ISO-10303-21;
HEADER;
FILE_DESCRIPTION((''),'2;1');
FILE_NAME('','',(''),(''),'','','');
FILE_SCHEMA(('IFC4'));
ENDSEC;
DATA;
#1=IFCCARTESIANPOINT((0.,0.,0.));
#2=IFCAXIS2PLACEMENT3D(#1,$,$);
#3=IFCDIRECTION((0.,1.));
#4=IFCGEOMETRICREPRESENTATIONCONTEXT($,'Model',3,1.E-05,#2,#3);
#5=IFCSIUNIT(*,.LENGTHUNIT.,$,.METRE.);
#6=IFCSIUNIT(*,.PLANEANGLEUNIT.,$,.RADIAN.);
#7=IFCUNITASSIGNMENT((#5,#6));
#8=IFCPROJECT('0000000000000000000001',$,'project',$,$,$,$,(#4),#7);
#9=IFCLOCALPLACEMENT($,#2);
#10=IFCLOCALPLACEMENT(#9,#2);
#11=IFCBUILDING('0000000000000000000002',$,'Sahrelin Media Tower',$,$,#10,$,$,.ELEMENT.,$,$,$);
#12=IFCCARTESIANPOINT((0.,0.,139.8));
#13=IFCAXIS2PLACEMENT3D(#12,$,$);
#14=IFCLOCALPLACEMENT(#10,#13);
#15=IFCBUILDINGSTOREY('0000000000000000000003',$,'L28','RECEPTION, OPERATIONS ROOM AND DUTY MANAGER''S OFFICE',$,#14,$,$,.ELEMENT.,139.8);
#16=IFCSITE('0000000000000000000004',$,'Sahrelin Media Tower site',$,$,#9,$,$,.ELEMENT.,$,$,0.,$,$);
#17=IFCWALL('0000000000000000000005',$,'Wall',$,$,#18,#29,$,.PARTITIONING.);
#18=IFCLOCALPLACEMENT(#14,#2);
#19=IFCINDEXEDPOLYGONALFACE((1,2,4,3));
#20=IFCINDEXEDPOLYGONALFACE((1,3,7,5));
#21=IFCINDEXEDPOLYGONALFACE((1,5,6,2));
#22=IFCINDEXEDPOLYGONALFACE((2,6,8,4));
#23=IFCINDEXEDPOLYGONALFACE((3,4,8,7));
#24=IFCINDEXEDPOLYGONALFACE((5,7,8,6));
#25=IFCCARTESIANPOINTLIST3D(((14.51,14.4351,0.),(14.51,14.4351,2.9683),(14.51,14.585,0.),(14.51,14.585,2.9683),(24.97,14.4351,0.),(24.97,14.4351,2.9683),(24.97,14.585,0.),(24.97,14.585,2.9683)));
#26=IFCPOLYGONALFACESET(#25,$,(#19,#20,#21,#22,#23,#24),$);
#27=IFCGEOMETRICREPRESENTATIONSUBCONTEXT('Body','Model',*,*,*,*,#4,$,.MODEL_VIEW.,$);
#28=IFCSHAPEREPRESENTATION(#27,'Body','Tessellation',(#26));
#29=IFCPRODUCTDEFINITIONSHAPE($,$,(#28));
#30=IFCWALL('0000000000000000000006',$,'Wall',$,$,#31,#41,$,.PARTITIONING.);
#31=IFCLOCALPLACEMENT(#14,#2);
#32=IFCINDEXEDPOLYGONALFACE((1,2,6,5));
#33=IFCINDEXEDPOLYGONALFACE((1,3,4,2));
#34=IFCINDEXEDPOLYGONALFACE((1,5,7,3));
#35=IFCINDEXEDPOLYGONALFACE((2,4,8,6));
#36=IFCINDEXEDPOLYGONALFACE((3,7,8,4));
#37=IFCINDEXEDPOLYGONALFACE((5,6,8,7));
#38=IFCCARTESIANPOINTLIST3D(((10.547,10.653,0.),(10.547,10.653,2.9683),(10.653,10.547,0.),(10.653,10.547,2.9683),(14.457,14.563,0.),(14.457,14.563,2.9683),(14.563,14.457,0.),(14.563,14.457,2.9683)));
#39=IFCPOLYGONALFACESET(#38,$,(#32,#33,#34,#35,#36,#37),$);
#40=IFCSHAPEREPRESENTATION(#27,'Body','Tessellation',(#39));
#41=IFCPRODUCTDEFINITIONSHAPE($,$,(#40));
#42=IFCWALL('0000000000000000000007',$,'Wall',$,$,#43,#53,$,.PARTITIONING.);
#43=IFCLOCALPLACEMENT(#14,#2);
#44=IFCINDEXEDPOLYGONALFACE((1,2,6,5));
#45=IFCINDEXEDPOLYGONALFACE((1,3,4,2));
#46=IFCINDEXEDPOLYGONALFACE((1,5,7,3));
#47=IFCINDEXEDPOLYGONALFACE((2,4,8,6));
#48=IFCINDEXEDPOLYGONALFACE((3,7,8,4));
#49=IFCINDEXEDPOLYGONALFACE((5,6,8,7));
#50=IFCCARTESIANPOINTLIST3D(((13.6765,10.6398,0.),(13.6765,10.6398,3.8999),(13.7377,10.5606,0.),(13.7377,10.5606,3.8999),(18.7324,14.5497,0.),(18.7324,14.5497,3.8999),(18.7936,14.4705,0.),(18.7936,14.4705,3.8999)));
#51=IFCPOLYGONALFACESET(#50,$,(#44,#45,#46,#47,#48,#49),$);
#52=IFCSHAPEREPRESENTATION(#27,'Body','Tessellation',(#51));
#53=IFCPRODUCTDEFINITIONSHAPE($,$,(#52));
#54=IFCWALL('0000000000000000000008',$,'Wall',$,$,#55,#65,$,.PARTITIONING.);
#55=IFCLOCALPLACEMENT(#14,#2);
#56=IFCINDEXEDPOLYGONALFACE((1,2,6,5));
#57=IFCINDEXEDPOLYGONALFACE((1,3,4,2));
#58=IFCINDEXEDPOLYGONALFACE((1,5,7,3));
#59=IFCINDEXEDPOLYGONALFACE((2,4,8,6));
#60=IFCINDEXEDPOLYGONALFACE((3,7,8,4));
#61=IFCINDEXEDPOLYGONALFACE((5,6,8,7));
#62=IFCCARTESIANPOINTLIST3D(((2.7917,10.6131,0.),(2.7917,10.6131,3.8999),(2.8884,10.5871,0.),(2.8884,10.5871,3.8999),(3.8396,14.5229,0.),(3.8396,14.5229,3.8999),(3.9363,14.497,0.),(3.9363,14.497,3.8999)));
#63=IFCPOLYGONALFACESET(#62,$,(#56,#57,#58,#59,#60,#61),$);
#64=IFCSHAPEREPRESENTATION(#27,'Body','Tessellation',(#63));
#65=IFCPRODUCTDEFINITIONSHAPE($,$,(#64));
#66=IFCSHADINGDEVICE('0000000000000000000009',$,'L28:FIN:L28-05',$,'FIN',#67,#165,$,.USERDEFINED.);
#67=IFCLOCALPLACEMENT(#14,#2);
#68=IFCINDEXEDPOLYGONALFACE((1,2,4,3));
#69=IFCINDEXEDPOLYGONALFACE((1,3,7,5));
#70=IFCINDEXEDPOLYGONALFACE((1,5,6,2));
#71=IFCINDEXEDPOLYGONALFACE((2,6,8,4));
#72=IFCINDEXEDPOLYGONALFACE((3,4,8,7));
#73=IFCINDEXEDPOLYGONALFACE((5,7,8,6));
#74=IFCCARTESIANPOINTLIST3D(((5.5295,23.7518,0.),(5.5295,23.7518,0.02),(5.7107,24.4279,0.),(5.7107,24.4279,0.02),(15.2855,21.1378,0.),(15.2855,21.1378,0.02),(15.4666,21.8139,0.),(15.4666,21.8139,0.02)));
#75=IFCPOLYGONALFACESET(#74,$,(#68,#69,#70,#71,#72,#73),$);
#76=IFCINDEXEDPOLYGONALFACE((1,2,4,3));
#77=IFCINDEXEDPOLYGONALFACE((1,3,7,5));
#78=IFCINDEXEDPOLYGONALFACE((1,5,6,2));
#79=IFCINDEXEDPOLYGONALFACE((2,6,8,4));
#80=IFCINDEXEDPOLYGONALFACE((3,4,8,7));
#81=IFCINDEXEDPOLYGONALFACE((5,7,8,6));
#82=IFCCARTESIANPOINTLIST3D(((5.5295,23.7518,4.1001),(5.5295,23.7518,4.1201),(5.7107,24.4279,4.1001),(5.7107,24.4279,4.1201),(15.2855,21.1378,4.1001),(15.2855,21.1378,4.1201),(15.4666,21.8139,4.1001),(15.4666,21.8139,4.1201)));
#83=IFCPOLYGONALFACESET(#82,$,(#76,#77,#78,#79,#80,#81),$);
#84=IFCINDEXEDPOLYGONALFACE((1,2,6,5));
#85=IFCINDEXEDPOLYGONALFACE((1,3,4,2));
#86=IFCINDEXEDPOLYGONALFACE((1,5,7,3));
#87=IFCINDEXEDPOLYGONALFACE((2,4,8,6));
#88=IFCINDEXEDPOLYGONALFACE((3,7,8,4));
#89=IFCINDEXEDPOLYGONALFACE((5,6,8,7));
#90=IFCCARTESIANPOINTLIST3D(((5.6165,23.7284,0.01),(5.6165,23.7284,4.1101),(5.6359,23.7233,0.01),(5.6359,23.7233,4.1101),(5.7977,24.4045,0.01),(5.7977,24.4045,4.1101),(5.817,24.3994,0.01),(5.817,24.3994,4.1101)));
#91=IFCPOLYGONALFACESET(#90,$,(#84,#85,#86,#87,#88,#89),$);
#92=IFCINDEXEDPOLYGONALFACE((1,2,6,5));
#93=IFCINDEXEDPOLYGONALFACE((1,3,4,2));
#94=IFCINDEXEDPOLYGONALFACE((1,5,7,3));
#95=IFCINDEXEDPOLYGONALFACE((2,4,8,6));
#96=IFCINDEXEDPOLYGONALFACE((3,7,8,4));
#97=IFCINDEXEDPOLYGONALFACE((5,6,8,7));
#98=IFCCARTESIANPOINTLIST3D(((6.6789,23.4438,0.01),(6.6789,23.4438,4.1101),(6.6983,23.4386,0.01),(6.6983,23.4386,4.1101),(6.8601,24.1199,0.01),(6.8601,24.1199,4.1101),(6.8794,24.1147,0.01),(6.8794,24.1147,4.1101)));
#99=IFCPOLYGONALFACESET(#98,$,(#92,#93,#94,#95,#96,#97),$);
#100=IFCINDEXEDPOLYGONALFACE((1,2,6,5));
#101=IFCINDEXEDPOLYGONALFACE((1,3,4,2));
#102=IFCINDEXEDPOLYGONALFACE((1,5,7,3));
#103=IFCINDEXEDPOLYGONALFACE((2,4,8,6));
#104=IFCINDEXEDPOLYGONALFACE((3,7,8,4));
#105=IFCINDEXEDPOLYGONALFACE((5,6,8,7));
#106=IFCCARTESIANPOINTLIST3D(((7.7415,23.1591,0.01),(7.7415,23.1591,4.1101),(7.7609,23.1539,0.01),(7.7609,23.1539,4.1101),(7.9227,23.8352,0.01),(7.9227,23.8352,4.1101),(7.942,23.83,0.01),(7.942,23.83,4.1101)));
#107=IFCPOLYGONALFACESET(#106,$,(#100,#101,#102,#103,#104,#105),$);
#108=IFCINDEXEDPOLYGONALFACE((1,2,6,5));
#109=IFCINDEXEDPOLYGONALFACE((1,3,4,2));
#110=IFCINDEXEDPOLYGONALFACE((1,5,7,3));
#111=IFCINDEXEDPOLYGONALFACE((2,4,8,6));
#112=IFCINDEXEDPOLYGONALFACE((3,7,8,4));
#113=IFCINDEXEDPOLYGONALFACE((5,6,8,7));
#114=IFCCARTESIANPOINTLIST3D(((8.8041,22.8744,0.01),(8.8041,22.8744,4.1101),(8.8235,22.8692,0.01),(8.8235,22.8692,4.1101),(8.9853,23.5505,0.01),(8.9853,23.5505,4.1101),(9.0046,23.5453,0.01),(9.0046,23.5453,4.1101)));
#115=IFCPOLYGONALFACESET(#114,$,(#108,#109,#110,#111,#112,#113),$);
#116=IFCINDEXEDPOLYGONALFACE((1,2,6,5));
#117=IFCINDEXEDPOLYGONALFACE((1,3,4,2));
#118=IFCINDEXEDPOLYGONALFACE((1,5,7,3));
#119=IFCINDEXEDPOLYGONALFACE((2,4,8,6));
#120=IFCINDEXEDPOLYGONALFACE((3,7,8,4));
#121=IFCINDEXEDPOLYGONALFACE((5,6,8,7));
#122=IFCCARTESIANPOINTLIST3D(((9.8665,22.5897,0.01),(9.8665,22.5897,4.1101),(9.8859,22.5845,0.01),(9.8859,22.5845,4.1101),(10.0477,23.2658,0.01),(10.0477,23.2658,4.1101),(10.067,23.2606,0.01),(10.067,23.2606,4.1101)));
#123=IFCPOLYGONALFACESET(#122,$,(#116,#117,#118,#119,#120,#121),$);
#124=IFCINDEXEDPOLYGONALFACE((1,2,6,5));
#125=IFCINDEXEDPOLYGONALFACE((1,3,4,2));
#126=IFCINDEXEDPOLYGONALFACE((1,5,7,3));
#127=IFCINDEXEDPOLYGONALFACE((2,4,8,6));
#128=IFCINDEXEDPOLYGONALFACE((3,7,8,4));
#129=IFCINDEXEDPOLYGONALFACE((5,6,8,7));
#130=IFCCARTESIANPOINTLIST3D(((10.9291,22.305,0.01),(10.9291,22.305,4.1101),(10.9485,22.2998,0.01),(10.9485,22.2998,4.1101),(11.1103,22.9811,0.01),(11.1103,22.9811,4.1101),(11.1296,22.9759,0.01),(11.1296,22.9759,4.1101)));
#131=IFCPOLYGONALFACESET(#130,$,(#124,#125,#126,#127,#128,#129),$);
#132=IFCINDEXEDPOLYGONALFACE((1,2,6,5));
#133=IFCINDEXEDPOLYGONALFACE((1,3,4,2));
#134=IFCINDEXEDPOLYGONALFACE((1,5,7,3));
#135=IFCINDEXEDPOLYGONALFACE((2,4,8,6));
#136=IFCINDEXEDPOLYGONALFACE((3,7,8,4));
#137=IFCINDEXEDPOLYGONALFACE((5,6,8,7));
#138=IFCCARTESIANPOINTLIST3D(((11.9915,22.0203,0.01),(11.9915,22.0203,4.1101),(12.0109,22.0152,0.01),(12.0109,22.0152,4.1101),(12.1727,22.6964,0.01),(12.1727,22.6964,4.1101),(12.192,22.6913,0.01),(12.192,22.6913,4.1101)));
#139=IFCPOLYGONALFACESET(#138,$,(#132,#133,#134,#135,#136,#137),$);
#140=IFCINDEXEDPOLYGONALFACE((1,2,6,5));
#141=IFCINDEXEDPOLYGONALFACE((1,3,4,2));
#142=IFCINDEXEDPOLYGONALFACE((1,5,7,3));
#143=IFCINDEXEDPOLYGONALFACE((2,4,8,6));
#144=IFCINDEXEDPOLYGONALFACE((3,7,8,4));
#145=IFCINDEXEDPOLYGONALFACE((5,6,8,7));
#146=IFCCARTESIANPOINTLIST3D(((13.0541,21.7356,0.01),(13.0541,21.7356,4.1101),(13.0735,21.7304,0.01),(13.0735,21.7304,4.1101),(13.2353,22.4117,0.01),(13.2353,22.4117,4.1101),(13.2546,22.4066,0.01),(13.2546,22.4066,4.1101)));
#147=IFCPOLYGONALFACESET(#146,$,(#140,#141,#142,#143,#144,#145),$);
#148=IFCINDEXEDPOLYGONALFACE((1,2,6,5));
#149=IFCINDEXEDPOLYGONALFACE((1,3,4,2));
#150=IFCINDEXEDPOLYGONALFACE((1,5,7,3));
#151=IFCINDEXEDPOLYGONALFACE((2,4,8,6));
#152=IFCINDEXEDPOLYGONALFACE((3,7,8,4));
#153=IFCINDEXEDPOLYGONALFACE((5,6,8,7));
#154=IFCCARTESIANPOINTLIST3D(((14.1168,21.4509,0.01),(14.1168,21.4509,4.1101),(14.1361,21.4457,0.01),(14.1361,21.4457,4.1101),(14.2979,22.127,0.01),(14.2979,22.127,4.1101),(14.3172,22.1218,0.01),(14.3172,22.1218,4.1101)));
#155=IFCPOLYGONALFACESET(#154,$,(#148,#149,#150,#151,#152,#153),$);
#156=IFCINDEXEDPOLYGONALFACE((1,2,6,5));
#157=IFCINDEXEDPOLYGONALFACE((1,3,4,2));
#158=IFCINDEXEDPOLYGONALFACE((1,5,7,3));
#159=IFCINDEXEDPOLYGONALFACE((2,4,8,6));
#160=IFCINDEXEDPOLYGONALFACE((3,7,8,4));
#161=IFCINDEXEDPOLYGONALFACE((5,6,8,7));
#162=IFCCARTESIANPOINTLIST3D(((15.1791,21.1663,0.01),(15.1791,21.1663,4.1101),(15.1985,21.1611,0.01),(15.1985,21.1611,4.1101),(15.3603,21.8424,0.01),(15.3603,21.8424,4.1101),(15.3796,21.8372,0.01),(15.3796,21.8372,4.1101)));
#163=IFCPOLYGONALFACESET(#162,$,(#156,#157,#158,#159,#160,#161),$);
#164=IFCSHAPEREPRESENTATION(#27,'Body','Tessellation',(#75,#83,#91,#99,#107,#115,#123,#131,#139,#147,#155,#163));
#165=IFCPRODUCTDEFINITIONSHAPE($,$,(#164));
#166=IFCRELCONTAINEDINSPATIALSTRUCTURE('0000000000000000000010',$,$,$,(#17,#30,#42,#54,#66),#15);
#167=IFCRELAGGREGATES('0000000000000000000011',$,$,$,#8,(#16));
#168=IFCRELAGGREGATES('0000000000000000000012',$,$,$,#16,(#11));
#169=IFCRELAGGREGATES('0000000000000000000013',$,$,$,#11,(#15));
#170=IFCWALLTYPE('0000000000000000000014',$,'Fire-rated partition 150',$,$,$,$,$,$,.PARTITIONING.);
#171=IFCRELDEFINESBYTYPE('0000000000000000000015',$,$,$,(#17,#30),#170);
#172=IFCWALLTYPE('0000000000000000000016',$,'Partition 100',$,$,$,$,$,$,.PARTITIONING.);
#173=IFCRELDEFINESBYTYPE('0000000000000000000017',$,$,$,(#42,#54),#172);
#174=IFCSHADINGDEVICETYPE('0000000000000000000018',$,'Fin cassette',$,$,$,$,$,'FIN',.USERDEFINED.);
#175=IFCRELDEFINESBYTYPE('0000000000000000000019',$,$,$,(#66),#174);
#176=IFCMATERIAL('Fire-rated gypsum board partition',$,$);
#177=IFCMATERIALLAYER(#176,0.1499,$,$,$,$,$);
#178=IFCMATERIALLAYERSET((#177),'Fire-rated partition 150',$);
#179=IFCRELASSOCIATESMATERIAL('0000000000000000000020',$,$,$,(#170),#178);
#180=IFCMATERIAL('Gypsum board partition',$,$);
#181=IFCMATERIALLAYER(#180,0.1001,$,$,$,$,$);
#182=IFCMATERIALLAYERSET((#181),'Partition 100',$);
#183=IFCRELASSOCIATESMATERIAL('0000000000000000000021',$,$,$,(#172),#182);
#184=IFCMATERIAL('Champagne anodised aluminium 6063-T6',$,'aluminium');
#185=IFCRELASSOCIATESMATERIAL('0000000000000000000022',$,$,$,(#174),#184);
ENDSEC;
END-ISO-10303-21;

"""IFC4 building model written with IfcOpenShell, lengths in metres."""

from ifc_helpers import new_model, si_unit, direction, frame, frame_2d, origin, origin_2d, place, context, subcontext, project, spatial, rectangle, extrude, material, layer, layer_set, type_object, element, save


model = new_model("IFC4")

# Units and contexts
model_context = context("Model", 3, precision=1e-05, world=origin(), true_north=direction((0.0, 1.0)))
body_context = subcontext(model_context, "Body", "Model", "MODEL_VIEW")
ifc_project = project(units=[si_unit("LENGTHUNIT", "METRE"), si_unit("PLANEANGLEUNIT", "RADIAN")], contexts=[model_context])

# Site, building, storey
site_placement = place(None, origin())
site = spatial("IfcSite", under=ifc_project, at=site_placement, Name="Sahrelin Media Tower site", CompositionType="ELEMENT", RefElevation=0.0)
building_placement = place(site_placement, origin())
building = spatial("IfcBuilding", under=site, at=building_placement, Name="Sahrelin Media Tower", CompositionType="ELEMENT")
storey_placement = place(building_placement, frame((0.0, 0.0, 139.8)))
storey = spatial("IfcBuildingStorey", under=building, at=storey_placement, Name="L28", Description="RECEPTION, OPERATIONS ROOM AND DUTY MANAGER'S OFFICE", CompositionType="ELEMENT", Elevation=139.8)

# Shared definitions
ifc_material_1 = material(Name="Champagne anodised aluminium 6063-T6", Category="aluminium")

# Walls
ifc_material_2 = material(Name="Fire-rated gypsum board partition")
ifc_layer_1 = layer(ifc_material_2, 0.1499)
ifc_layer_set_1 = layer_set([ifc_layer_1], Name="Fire-rated partition 150")
wall_type_1 = type_object("IfcWallType", Name="Fire-rated partition 150", PredefinedType="PARTITIONING", material=ifc_layer_set_1)
wall_1_placement = place(storey_placement, frame((14.51, 14.51, 0.0), z_axis=(0.0, 0.0, 1.0), x_axis=(1.0, 0.0, 0.0)))
element("IfcWall", 1, at=wall_1_placement, inside=storey, type_object=wall_type_1, Name="Wall", PredefinedType="PARTITIONING", context=body_context, shape_type="SweptSolid", body=[
    extrude(rectangle(XDim=10.46, YDim=0.1499, at=frame_2d((5.23, 0.0))), origin(), (0.0, 0.0, 1.0), 2.9683),
])
wall_2_placement = place(storey_placement, frame((10.6001, 10.6001, 0.0), z_axis=(0.0, 0.0, 1.0), x_axis=(0.707107, 0.707107, 0.0)))
element("IfcWall", 2, at=wall_2_placement, inside=storey, type_object=wall_type_1, Name="Wall", PredefinedType="PARTITIONING", context=body_context, shape_type="SweptSolid", body=[
    extrude(rectangle(XDim=5.5295, YDim=0.1499, at=frame_2d((2.7646, 0.0))), origin(), (0.0, 0.0, 1.0), 2.9683),
])
ifc_material_3 = material(Name="Gypsum board partition")
ifc_layer_2 = layer(ifc_material_3, 0.1001)
ifc_layer_set_2 = layer_set([ifc_layer_2], Name="Partition 100")
wall_type_2 = type_object("IfcWallType", Name="Partition 100", PredefinedType="PARTITIONING", material=ifc_layer_set_2)
wall_3_placement = place(storey_placement, frame((13.707, 10.6001, 0.0), z_axis=(0.0, 0.0, 1.0), x_axis=(0.791052, 0.611749, 0.0)))
element("IfcWall", 3, at=wall_3_placement, inside=storey, type_object=wall_type_2, Name="Wall", PredefinedType="PARTITIONING", context=body_context, shape_type="SweptSolid", body=[
    extrude(rectangle(XDim=6.3914, YDim=0.1001, at=frame_2d((3.1958, 0.0))), origin(), (0.0, 0.0, 1.0), 3.8999),
])
wall_4_placement = place(storey_placement, frame((2.8401, 10.6001, 0.0), z_axis=(0.0, 0.0, 1.0), x_axis=(0.258864, 0.965914, 0.0)))
element("IfcWall", 4, at=wall_4_placement, inside=storey, type_object=wall_type_2, Name="Wall", PredefinedType="PARTITIONING", context=body_context, shape_type="SweptSolid", body=[
    extrude(rectangle(XDim=4.0479, YDim=0.1001, at=frame_2d((2.0239, 0.0))), origin(), (0.0, 0.0, 1.0), 3.8999),
])

# Shading device
shading_device_type_1 = type_object("IfcShadingDeviceType", Name="Fin cassette", ElementType="FIN", PredefinedType="USERDEFINED", material=ifc_material_1)
placement_1 = place(storey_placement, frame((10.3894, 22.3772, 0.0), z_axis=(0.0, 0.0, 1.0), x_axis=(0.965929, -0.258808, 0.0)))
element("IfcShadingDevice", 5, at=placement_1, inside=storey, type_object=shading_device_type_1, Name="L28:FIN:L28-05", ObjectType="FIN", PredefinedType="USERDEFINED", context=body_context, shape_type="SweptSolid", body=[
    extrude(rectangle(XDim=10.1001, YDim=0.7, at=origin_2d()), frame((0.0, 0.4199, 0.0)), (0.0, 0.0, 1.0), 0.02),
    extrude(rectangle(XDim=10.1001, YDim=0.7, at=origin_2d()), frame((0.0, 0.4199, 4.1001)), (0.0, 0.0, 1.0), 0.02),
    extrude(rectangle(XDim=0.02, YDim=0.7, at=origin_2d()), frame((-4.95, 0.4199, 0.01), z_axis=(0.0, 0.0, 1.0), x_axis=(1.0, 0.0, 0.0)), (0.0, 0.0, 1.0), 4.1001),
    extrude(rectangle(XDim=0.02, YDim=0.7, at=origin_2d()), frame((-3.8501, 0.4199, 0.01), z_axis=(0.0, 0.0, 1.0), x_axis=(1.0, 0.0, 0.0)), (0.0, 0.0, 1.0), 4.1001),
    extrude(rectangle(XDim=0.02, YDim=0.7, at=origin_2d()), frame((-2.75, 0.4199, 0.01), z_axis=(0.0, 0.0, 1.0), x_axis=(1.0, 0.0, 0.0)), (0.0, 0.0, 1.0), 4.1001),
    extrude(rectangle(XDim=0.02, YDim=0.7, at=origin_2d()), frame((-1.6499, 0.4199, 0.01), z_axis=(0.0, 0.0, 1.0), x_axis=(1.0, 0.0, 0.0)), (0.0, 0.0, 1.0), 4.1001),
    extrude(rectangle(XDim=0.02, YDim=0.7, at=origin_2d()), frame((-0.55, 0.4199, 0.01), z_axis=(0.0, 0.0, 1.0), x_axis=(1.0, 0.0, 0.0)), (0.0, 0.0, 1.0), 4.1001),
    extrude(rectangle(XDim=0.02, YDim=0.7, at=origin_2d()), frame((0.55, 0.4199, 0.01), z_axis=(0.0, 0.0, 1.0), x_axis=(1.0, 0.0, 0.0)), (0.0, 0.0, 1.0), 4.1001),
    extrude(rectangle(XDim=0.02, YDim=0.7, at=origin_2d()), frame((1.6499, 0.4199, 0.01), z_axis=(0.0, 0.0, 1.0), x_axis=(1.0, 0.0, 0.0)), (0.0, 0.0, 1.0), 4.1001),
    extrude(rectangle(XDim=0.02, YDim=0.7, at=origin_2d()), frame((2.75, 0.4199, 0.01), z_axis=(0.0, 0.0, 1.0), x_axis=(1.0, 0.0, 0.0)), (0.0, 0.0, 1.0), 4.1001),
    extrude(rectangle(XDim=0.02, YDim=0.7, at=origin_2d()), frame((3.8501, 0.4199, 0.01), z_axis=(0.0, 0.0, 1.0), x_axis=(1.0, 0.0, 0.0)), (0.0, 0.0, 1.0), 4.1001),
    extrude(rectangle(XDim=0.02, YDim=0.7, at=origin_2d()), frame((4.95, 0.4199, 0.01), z_axis=(0.0, 0.0, 1.0), x_axis=(1.0, 0.0, 0.0)), (0.0, 0.0, 1.0), 4.1001),
])

save(model, "model.ifc")
